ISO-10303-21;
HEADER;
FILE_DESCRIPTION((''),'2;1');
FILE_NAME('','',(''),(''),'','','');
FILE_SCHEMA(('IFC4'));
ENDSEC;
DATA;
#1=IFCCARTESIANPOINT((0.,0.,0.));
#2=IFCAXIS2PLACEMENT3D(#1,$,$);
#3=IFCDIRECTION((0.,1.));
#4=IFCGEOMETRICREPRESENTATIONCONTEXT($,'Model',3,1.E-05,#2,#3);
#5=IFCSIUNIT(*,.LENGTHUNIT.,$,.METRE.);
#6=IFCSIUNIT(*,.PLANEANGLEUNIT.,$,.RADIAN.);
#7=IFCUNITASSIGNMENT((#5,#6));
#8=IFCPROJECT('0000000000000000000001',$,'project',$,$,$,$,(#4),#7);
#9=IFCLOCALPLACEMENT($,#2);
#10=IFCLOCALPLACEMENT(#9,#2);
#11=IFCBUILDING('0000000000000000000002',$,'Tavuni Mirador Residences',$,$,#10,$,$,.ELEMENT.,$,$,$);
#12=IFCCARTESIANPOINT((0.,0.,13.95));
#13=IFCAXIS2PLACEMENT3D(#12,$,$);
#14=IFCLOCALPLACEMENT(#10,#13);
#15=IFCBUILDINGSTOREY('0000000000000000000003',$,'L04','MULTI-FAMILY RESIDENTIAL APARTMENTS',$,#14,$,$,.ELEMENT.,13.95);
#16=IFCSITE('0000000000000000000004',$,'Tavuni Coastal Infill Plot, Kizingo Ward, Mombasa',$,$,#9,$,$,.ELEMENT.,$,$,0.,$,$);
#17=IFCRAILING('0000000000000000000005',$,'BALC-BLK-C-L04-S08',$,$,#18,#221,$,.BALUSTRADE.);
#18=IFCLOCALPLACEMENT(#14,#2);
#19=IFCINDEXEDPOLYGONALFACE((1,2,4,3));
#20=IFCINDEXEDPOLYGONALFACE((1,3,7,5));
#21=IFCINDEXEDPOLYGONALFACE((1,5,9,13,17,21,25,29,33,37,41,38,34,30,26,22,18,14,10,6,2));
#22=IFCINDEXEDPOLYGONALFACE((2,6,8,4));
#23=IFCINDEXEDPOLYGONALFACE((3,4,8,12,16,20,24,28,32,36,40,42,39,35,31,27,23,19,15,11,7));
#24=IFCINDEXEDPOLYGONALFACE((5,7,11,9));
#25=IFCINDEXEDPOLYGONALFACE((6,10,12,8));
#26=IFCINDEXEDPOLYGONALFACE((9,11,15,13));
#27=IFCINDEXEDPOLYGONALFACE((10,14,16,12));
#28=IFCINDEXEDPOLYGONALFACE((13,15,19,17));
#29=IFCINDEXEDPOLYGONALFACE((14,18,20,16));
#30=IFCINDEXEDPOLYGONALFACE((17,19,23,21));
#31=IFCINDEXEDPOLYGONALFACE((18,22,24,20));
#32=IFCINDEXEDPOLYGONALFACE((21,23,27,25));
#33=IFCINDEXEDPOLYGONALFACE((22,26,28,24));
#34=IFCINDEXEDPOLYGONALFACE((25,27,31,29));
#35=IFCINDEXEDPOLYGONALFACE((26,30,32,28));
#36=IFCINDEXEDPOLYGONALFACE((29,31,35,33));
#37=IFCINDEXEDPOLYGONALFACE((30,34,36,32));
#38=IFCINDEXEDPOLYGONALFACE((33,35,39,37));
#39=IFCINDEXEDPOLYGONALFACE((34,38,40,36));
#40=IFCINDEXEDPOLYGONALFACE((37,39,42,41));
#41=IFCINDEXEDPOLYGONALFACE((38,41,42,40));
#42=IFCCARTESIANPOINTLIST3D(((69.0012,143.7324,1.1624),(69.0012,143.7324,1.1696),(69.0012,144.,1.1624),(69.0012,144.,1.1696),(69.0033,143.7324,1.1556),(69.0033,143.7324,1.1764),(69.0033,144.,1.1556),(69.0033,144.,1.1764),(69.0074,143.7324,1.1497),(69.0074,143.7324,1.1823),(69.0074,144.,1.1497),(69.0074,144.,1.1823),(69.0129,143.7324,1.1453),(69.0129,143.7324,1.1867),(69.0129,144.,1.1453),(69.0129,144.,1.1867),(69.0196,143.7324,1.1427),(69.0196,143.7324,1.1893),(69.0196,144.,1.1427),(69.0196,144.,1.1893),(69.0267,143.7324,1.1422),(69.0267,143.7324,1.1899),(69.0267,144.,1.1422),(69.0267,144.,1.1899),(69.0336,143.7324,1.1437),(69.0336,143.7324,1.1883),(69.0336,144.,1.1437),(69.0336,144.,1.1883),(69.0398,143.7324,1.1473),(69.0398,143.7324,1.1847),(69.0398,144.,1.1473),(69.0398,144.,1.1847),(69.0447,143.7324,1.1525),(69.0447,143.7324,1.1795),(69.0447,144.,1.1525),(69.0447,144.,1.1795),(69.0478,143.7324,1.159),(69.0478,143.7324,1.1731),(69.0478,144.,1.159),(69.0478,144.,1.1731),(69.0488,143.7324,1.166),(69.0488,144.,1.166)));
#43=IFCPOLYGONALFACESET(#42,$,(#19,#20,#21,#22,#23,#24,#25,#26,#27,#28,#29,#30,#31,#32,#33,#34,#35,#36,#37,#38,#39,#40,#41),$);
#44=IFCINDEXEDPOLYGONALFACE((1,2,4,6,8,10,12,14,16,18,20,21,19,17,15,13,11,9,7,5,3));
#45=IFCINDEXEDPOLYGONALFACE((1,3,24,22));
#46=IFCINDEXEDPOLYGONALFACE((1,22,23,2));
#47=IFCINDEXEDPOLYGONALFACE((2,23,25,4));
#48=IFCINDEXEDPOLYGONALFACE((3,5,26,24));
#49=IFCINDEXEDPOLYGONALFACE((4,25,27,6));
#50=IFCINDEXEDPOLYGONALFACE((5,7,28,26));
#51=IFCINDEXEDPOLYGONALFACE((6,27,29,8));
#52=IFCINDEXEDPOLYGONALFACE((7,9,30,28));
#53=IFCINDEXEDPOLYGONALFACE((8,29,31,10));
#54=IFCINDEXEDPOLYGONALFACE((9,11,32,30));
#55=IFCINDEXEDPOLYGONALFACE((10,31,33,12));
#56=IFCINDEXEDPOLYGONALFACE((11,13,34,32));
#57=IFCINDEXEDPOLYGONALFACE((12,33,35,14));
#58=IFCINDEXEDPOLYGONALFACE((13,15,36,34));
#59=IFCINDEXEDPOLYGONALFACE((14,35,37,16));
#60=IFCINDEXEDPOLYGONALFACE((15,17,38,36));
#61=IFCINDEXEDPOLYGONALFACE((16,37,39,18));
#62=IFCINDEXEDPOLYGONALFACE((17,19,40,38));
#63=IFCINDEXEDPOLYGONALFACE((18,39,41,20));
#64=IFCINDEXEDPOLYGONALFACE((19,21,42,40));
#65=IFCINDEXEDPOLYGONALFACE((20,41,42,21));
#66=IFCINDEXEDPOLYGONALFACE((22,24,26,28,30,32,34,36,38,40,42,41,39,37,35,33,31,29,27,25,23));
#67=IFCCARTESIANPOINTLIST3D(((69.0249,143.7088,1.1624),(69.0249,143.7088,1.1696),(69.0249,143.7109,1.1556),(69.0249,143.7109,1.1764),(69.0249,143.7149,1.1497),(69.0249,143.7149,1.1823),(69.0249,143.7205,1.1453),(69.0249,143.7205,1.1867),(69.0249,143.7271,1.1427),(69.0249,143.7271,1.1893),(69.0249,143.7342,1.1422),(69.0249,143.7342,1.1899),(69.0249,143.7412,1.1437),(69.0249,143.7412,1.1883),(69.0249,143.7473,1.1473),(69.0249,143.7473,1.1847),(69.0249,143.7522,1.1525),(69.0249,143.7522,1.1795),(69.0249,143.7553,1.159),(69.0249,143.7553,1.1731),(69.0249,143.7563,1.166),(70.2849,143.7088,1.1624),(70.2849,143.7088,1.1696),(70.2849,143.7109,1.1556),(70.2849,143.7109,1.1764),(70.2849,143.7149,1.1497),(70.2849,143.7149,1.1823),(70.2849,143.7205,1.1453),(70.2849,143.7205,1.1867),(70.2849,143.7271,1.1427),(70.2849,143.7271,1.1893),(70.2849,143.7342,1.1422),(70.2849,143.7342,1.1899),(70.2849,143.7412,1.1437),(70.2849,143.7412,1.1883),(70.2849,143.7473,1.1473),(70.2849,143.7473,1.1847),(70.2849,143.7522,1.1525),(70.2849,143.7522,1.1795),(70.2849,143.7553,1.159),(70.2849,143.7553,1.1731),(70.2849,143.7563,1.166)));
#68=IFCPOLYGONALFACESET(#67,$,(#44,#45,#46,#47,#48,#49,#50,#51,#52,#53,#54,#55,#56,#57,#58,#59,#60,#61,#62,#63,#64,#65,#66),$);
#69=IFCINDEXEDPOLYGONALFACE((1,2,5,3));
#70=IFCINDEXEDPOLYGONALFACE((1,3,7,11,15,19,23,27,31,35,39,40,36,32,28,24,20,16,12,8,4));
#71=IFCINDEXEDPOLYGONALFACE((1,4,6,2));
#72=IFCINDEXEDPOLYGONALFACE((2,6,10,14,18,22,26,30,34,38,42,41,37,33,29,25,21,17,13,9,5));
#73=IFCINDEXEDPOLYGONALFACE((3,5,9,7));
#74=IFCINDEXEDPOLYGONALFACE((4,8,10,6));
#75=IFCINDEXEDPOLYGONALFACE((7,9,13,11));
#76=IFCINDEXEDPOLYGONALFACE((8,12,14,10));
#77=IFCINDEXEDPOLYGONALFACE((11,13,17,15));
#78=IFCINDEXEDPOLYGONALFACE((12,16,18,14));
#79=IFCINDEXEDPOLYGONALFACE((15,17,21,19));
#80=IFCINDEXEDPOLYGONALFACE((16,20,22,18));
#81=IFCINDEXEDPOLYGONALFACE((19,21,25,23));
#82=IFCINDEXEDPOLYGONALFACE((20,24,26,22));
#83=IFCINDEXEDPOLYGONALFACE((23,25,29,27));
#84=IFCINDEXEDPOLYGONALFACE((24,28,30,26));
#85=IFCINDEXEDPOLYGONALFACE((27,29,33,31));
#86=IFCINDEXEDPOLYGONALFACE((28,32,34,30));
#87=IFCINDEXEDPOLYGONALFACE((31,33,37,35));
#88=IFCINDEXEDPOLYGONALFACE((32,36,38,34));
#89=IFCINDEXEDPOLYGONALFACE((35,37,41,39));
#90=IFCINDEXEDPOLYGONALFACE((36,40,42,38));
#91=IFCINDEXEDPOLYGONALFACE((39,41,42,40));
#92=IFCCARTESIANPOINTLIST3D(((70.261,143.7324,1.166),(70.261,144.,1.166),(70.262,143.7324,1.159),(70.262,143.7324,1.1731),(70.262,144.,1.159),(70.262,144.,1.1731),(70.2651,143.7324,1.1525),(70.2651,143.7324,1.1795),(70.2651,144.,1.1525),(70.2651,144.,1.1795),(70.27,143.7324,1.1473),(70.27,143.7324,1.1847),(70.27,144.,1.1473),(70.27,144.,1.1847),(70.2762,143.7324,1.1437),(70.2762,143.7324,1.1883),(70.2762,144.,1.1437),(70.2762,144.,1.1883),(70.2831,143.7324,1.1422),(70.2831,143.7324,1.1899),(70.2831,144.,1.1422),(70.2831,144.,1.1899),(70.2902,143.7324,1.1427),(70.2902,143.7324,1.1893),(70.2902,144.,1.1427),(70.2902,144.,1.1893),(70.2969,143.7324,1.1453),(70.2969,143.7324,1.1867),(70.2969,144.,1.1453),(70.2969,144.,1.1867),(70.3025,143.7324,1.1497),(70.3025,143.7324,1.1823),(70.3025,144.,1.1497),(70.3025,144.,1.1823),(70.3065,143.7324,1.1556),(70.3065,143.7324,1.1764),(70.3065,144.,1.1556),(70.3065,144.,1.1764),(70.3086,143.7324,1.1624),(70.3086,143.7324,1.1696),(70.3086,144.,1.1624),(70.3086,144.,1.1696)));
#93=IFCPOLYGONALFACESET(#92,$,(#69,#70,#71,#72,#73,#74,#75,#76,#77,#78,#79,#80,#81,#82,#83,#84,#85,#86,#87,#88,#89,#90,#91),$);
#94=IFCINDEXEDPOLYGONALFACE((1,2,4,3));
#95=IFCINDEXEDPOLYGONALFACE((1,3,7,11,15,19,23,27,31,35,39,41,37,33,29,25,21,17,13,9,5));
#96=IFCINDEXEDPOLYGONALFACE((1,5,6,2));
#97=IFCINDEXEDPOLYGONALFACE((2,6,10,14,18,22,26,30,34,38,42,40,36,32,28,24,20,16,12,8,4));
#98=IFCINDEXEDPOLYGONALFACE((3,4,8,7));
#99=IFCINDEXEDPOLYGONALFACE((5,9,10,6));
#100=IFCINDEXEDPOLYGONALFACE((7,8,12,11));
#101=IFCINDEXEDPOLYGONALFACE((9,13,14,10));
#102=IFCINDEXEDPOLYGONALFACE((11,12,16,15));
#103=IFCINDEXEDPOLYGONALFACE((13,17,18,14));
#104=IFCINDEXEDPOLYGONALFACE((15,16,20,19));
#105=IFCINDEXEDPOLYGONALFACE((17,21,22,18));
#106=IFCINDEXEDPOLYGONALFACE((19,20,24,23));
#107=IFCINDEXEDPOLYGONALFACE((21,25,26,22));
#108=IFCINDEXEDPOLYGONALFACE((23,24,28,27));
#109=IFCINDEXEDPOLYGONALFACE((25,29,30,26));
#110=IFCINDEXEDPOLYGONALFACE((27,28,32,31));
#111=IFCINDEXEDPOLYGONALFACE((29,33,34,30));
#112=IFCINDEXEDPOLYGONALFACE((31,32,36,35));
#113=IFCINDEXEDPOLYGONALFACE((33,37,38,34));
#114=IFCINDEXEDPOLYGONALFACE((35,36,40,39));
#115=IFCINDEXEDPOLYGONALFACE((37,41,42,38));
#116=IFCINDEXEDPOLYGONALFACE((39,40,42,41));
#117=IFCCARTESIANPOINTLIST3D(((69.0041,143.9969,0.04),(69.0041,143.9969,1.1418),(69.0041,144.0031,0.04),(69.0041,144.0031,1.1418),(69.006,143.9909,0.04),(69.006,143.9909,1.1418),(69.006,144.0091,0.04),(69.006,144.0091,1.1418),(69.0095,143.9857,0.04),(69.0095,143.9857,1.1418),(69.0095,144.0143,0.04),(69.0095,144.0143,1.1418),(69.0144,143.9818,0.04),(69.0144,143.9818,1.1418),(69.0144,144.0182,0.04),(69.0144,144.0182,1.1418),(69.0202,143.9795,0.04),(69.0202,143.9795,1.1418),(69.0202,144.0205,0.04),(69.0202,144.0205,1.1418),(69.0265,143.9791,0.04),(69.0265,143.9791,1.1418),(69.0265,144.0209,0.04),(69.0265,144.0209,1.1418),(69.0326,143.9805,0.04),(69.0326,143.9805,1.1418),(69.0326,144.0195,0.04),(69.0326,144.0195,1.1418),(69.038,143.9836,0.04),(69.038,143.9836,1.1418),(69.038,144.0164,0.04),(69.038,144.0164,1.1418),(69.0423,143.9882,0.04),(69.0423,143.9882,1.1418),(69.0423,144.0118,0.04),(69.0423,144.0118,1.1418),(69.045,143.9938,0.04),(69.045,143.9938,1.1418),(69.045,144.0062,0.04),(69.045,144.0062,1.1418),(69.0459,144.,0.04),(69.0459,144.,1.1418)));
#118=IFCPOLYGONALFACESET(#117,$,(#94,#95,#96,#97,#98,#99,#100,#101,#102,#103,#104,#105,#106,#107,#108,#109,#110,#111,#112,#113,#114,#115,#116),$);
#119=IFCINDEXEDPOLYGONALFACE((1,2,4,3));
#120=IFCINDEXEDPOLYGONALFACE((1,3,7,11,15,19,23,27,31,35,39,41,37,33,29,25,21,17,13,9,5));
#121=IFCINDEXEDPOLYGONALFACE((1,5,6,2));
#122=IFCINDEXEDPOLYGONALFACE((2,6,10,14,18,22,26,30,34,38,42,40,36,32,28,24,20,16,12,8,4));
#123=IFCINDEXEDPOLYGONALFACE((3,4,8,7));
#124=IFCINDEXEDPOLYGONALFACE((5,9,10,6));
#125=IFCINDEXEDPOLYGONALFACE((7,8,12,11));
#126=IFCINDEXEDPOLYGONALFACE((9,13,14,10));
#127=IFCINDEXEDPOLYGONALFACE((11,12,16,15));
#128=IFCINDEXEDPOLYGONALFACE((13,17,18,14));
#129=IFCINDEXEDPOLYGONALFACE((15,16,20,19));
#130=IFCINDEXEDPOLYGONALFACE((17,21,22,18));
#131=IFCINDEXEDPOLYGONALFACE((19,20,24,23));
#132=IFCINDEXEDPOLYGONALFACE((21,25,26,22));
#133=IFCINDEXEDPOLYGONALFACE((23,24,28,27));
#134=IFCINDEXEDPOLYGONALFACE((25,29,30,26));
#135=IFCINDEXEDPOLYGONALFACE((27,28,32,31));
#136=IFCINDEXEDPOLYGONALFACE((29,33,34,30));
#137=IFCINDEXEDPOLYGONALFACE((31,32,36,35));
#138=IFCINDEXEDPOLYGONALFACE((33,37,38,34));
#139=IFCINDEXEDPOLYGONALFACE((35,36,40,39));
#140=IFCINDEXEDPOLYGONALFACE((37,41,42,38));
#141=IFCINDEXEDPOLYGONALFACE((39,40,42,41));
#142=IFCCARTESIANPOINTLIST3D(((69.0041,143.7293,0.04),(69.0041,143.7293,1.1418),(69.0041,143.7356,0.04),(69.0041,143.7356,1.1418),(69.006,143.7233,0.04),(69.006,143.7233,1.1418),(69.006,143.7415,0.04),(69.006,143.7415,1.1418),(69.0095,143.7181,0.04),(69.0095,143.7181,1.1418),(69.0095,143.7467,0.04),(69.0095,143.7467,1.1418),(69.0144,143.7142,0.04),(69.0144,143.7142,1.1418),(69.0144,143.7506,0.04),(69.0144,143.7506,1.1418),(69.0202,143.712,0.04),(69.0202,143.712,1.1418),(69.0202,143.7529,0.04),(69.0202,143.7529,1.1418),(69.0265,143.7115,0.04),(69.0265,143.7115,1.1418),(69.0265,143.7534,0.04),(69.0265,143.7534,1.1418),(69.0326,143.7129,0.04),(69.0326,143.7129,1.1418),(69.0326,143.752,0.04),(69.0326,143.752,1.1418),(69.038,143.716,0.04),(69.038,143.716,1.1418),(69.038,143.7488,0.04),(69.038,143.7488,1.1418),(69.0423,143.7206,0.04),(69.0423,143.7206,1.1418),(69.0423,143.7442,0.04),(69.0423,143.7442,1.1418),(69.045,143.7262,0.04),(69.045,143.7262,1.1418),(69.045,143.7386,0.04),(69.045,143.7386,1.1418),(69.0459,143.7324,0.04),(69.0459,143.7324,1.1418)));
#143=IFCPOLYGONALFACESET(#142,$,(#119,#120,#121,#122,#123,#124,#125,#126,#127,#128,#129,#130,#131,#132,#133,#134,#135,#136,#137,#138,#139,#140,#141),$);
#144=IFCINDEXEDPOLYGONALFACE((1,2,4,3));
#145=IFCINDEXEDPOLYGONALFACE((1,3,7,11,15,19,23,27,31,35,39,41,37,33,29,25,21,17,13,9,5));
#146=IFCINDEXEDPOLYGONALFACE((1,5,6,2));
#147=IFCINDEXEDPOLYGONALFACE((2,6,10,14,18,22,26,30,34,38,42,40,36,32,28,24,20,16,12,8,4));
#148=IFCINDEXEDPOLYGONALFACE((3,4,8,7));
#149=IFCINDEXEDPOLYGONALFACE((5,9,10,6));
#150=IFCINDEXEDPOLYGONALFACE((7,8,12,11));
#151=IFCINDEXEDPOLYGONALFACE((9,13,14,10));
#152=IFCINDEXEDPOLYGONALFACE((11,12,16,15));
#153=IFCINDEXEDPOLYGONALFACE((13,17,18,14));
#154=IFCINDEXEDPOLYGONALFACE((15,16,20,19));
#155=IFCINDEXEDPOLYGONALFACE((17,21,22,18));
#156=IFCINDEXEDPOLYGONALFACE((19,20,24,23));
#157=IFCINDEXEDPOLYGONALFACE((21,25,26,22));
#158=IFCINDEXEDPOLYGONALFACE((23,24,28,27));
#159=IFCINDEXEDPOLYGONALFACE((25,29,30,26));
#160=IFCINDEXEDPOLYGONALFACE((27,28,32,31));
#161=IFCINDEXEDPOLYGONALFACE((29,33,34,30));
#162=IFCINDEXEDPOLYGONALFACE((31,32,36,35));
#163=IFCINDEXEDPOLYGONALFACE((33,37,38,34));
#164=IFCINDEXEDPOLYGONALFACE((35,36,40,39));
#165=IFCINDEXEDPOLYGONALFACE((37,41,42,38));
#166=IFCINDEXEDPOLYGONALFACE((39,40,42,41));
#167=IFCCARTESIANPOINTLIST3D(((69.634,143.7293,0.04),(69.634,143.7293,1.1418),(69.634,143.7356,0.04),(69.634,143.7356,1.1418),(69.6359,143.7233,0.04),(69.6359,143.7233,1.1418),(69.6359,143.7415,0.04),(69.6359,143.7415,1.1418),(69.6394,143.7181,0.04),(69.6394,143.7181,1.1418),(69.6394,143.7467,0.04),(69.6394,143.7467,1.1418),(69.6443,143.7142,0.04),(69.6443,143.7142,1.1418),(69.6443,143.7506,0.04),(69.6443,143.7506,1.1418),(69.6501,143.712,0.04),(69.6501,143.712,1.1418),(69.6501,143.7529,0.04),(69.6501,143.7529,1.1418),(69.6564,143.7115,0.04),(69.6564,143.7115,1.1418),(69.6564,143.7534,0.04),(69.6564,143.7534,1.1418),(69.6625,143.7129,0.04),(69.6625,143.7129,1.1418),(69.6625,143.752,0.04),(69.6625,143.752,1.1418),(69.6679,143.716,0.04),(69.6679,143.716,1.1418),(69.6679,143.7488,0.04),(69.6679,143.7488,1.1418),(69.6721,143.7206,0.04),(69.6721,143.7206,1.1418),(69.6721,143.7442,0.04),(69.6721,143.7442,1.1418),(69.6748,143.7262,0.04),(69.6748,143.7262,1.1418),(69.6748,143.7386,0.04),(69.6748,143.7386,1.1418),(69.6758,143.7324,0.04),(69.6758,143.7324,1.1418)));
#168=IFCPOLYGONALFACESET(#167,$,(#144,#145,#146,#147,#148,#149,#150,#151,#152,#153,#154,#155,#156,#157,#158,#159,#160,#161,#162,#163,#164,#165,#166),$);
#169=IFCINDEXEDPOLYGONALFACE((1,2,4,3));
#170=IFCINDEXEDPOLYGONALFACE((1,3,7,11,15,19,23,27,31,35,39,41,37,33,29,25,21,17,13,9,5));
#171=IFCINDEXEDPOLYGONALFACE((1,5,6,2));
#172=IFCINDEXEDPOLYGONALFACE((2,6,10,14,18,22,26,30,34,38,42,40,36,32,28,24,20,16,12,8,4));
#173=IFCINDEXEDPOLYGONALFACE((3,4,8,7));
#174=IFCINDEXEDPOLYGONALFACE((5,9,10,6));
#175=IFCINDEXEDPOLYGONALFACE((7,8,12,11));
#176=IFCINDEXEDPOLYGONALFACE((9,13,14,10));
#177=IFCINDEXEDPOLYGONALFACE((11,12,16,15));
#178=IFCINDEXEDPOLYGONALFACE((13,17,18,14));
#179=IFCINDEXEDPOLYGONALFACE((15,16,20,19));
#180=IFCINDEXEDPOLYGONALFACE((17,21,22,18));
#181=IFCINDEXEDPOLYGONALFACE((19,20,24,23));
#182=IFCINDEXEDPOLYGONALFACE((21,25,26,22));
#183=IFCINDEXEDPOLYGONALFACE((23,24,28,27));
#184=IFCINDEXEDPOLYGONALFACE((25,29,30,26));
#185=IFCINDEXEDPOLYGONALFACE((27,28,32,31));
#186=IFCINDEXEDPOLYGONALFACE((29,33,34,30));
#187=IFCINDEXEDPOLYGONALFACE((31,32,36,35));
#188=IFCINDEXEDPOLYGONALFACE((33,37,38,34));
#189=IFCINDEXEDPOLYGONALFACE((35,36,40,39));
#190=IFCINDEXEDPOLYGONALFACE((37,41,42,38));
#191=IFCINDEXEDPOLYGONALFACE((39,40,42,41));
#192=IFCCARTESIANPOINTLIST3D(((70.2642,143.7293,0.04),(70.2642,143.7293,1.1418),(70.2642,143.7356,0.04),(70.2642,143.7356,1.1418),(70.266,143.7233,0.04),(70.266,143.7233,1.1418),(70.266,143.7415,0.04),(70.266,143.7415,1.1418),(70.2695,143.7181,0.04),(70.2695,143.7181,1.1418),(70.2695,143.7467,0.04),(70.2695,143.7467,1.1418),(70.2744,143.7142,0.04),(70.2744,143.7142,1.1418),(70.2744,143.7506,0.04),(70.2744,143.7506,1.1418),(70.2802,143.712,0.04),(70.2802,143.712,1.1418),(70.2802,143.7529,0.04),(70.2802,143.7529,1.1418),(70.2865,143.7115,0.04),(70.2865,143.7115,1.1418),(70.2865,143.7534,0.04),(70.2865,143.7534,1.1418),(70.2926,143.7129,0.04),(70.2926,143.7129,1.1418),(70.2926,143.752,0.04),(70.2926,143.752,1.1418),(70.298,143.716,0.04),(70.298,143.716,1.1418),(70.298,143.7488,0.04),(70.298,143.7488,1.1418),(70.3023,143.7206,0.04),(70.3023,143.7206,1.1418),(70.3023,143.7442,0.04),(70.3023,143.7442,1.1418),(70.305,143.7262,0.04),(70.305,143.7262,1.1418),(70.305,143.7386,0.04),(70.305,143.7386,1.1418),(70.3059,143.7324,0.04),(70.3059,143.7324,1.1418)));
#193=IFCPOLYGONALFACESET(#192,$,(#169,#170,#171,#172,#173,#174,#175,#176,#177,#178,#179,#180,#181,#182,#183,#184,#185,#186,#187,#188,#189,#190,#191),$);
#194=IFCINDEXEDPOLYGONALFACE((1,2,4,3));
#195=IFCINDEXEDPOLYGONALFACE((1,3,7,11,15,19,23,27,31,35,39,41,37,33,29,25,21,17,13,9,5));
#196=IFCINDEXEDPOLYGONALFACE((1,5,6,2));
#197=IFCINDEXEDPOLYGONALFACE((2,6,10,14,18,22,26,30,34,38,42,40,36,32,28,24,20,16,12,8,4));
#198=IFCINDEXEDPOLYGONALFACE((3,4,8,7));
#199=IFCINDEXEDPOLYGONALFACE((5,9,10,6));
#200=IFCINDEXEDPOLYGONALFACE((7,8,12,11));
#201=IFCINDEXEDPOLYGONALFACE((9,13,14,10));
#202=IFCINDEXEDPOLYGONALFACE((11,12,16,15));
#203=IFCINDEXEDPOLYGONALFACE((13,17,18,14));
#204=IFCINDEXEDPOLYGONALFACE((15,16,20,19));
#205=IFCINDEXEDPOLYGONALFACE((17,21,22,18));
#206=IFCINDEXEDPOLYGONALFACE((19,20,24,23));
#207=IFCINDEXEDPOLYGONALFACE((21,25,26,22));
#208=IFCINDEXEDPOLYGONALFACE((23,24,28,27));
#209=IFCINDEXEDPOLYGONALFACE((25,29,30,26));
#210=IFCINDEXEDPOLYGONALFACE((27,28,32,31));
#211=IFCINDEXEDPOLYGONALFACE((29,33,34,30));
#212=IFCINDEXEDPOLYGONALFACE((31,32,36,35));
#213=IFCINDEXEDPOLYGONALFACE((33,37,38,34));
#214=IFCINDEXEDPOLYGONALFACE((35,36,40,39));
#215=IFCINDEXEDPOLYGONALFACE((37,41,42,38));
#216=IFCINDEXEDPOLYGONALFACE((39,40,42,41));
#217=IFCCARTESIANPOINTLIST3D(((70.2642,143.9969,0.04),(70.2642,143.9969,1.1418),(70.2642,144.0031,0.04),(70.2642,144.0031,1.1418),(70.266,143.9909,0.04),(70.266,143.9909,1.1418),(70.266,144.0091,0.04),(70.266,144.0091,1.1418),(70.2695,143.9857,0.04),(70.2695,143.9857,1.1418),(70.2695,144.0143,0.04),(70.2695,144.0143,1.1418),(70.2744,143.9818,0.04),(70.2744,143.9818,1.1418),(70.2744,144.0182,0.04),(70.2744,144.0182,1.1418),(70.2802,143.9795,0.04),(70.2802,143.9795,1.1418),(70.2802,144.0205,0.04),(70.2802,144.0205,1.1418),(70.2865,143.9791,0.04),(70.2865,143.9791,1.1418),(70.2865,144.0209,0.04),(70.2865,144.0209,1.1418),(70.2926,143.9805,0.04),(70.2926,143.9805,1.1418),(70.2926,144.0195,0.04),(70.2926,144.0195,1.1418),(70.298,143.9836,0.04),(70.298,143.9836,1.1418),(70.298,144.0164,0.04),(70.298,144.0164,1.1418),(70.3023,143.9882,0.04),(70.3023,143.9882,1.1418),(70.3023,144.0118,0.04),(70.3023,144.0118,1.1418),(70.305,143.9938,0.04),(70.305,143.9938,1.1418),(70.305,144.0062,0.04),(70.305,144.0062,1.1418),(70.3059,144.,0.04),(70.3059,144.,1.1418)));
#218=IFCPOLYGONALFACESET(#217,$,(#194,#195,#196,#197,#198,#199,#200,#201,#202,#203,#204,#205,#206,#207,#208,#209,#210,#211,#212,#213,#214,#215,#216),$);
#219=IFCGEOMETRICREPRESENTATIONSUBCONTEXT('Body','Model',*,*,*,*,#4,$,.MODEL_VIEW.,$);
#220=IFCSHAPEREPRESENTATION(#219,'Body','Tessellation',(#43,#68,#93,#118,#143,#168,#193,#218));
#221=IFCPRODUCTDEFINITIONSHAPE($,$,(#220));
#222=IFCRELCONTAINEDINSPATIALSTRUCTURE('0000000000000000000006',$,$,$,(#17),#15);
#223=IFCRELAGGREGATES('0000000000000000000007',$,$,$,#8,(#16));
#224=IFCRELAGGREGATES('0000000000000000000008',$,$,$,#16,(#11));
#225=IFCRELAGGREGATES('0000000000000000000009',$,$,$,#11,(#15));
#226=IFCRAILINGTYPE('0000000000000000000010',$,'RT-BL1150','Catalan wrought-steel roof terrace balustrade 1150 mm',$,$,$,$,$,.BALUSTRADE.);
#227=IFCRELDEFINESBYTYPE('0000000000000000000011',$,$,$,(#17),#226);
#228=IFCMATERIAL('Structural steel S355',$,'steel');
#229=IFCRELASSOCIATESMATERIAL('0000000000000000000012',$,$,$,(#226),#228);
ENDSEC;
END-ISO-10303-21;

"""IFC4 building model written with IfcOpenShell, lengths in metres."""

from ifc_helpers import new_model, si_unit, direction, frame, origin, origin_2d, place, context, subcontext, project, spatial, circle, extrude, material, type_object, element, save


model = new_model("IFC4")

# Units and contexts
model_context = context("Model", 3, precision=1e-05, world=origin(), true_north=direction((0.0, 1.0)))
body_context = subcontext(model_context, "Body", "Model", "MODEL_VIEW")
ifc_project = project(units=[si_unit("LENGTHUNIT", "METRE"), si_unit("PLANEANGLEUNIT", "RADIAN")], contexts=[model_context])

# Site, building, storey
site_placement = place(None, origin())
site = spatial("IfcSite", under=ifc_project, at=site_placement, Name="Tavuni Coastal Infill Plot, Kizingo Ward, Mombasa", CompositionType="ELEMENT", RefElevation=0.0)
building_placement = place(site_placement, origin())
building = spatial("IfcBuilding", under=site, at=building_placement, Name="Tavuni Mirador Residences", CompositionType="ELEMENT")
storey_placement = place(building_placement, frame((0.0, 0.0, 13.95)))
storey = spatial("IfcBuildingStorey", under=building, at=storey_placement, Name="L04", Description="MULTI-FAMILY RESIDENTIAL APARTMENTS", CompositionType="ELEMENT", Elevation=13.95)

# Railing
ifc_material_1 = material(Name="Structural steel S355", Category="steel")
railing_type = type_object("IfcRailingType", Name="RT-BL1150", Description="Catalan wrought-steel roof terrace balustrade 1150 mm", PredefinedType="BALUSTRADE", material=ifc_material_1)
railing_placement = place(storey_placement, frame((69.0249, 144.0, 0.04)))
element("IfcRailing", 1, at=railing_placement, inside=storey, type_object=railing_type, Name="BALC-BLK-C-L04-S08", PredefinedType="BALUSTRADE", context=body_context, shape_type="SweptSolid", body=[
    extrude(circle(Radius=0.0239, at=origin_2d()), frame((0.0, 0.0, 1.126), z_axis=(0.0, -1.0, 0.0), x_axis=(1.0, 0.0, 0.0)), (0.0, 0.0, 1.0), 0.2676),
    extrude(circle(Radius=0.0239, at=origin_2d()), frame((0.0, -0.2676, 1.126), z_axis=(1.0, 0.0, 0.0), x_axis=(0.0, 1.0, 0.0)), (0.0, 0.0, 1.0), 1.26),
    extrude(circle(Radius=0.0239, at=origin_2d()), frame((1.26, -0.2676, 1.126), z_axis=(0.0, 1.0, 0.0), x_axis=(-1.0, 0.0, 0.0)), (0.0, 0.0, 1.0), 0.2676),
    extrude(circle(Radius=0.021, at=origin_2d()), origin(), (0.0, 0.0, 1.0), 1.1018),
    extrude(circle(Radius=0.021, at=origin_2d()), frame((0.0, -0.2676, 0.0)), (0.0, 0.0, 1.0), 1.1018),
    extrude(circle(Radius=0.021, at=origin_2d()), frame((0.6299, -0.2676, 0.0)), (0.0, 0.0, 1.0), 1.1018),
    extrude(circle(Radius=0.021, at=origin_2d()), frame((1.26, -0.2676, 0.0)), (0.0, 0.0, 1.0), 1.1018),
    extrude(circle(Radius=0.021, at=origin_2d()), frame((1.26, 0.0, 0.0)), (0.0, 0.0, 1.0), 1.1018),
])

save(model, "model.ifc")
